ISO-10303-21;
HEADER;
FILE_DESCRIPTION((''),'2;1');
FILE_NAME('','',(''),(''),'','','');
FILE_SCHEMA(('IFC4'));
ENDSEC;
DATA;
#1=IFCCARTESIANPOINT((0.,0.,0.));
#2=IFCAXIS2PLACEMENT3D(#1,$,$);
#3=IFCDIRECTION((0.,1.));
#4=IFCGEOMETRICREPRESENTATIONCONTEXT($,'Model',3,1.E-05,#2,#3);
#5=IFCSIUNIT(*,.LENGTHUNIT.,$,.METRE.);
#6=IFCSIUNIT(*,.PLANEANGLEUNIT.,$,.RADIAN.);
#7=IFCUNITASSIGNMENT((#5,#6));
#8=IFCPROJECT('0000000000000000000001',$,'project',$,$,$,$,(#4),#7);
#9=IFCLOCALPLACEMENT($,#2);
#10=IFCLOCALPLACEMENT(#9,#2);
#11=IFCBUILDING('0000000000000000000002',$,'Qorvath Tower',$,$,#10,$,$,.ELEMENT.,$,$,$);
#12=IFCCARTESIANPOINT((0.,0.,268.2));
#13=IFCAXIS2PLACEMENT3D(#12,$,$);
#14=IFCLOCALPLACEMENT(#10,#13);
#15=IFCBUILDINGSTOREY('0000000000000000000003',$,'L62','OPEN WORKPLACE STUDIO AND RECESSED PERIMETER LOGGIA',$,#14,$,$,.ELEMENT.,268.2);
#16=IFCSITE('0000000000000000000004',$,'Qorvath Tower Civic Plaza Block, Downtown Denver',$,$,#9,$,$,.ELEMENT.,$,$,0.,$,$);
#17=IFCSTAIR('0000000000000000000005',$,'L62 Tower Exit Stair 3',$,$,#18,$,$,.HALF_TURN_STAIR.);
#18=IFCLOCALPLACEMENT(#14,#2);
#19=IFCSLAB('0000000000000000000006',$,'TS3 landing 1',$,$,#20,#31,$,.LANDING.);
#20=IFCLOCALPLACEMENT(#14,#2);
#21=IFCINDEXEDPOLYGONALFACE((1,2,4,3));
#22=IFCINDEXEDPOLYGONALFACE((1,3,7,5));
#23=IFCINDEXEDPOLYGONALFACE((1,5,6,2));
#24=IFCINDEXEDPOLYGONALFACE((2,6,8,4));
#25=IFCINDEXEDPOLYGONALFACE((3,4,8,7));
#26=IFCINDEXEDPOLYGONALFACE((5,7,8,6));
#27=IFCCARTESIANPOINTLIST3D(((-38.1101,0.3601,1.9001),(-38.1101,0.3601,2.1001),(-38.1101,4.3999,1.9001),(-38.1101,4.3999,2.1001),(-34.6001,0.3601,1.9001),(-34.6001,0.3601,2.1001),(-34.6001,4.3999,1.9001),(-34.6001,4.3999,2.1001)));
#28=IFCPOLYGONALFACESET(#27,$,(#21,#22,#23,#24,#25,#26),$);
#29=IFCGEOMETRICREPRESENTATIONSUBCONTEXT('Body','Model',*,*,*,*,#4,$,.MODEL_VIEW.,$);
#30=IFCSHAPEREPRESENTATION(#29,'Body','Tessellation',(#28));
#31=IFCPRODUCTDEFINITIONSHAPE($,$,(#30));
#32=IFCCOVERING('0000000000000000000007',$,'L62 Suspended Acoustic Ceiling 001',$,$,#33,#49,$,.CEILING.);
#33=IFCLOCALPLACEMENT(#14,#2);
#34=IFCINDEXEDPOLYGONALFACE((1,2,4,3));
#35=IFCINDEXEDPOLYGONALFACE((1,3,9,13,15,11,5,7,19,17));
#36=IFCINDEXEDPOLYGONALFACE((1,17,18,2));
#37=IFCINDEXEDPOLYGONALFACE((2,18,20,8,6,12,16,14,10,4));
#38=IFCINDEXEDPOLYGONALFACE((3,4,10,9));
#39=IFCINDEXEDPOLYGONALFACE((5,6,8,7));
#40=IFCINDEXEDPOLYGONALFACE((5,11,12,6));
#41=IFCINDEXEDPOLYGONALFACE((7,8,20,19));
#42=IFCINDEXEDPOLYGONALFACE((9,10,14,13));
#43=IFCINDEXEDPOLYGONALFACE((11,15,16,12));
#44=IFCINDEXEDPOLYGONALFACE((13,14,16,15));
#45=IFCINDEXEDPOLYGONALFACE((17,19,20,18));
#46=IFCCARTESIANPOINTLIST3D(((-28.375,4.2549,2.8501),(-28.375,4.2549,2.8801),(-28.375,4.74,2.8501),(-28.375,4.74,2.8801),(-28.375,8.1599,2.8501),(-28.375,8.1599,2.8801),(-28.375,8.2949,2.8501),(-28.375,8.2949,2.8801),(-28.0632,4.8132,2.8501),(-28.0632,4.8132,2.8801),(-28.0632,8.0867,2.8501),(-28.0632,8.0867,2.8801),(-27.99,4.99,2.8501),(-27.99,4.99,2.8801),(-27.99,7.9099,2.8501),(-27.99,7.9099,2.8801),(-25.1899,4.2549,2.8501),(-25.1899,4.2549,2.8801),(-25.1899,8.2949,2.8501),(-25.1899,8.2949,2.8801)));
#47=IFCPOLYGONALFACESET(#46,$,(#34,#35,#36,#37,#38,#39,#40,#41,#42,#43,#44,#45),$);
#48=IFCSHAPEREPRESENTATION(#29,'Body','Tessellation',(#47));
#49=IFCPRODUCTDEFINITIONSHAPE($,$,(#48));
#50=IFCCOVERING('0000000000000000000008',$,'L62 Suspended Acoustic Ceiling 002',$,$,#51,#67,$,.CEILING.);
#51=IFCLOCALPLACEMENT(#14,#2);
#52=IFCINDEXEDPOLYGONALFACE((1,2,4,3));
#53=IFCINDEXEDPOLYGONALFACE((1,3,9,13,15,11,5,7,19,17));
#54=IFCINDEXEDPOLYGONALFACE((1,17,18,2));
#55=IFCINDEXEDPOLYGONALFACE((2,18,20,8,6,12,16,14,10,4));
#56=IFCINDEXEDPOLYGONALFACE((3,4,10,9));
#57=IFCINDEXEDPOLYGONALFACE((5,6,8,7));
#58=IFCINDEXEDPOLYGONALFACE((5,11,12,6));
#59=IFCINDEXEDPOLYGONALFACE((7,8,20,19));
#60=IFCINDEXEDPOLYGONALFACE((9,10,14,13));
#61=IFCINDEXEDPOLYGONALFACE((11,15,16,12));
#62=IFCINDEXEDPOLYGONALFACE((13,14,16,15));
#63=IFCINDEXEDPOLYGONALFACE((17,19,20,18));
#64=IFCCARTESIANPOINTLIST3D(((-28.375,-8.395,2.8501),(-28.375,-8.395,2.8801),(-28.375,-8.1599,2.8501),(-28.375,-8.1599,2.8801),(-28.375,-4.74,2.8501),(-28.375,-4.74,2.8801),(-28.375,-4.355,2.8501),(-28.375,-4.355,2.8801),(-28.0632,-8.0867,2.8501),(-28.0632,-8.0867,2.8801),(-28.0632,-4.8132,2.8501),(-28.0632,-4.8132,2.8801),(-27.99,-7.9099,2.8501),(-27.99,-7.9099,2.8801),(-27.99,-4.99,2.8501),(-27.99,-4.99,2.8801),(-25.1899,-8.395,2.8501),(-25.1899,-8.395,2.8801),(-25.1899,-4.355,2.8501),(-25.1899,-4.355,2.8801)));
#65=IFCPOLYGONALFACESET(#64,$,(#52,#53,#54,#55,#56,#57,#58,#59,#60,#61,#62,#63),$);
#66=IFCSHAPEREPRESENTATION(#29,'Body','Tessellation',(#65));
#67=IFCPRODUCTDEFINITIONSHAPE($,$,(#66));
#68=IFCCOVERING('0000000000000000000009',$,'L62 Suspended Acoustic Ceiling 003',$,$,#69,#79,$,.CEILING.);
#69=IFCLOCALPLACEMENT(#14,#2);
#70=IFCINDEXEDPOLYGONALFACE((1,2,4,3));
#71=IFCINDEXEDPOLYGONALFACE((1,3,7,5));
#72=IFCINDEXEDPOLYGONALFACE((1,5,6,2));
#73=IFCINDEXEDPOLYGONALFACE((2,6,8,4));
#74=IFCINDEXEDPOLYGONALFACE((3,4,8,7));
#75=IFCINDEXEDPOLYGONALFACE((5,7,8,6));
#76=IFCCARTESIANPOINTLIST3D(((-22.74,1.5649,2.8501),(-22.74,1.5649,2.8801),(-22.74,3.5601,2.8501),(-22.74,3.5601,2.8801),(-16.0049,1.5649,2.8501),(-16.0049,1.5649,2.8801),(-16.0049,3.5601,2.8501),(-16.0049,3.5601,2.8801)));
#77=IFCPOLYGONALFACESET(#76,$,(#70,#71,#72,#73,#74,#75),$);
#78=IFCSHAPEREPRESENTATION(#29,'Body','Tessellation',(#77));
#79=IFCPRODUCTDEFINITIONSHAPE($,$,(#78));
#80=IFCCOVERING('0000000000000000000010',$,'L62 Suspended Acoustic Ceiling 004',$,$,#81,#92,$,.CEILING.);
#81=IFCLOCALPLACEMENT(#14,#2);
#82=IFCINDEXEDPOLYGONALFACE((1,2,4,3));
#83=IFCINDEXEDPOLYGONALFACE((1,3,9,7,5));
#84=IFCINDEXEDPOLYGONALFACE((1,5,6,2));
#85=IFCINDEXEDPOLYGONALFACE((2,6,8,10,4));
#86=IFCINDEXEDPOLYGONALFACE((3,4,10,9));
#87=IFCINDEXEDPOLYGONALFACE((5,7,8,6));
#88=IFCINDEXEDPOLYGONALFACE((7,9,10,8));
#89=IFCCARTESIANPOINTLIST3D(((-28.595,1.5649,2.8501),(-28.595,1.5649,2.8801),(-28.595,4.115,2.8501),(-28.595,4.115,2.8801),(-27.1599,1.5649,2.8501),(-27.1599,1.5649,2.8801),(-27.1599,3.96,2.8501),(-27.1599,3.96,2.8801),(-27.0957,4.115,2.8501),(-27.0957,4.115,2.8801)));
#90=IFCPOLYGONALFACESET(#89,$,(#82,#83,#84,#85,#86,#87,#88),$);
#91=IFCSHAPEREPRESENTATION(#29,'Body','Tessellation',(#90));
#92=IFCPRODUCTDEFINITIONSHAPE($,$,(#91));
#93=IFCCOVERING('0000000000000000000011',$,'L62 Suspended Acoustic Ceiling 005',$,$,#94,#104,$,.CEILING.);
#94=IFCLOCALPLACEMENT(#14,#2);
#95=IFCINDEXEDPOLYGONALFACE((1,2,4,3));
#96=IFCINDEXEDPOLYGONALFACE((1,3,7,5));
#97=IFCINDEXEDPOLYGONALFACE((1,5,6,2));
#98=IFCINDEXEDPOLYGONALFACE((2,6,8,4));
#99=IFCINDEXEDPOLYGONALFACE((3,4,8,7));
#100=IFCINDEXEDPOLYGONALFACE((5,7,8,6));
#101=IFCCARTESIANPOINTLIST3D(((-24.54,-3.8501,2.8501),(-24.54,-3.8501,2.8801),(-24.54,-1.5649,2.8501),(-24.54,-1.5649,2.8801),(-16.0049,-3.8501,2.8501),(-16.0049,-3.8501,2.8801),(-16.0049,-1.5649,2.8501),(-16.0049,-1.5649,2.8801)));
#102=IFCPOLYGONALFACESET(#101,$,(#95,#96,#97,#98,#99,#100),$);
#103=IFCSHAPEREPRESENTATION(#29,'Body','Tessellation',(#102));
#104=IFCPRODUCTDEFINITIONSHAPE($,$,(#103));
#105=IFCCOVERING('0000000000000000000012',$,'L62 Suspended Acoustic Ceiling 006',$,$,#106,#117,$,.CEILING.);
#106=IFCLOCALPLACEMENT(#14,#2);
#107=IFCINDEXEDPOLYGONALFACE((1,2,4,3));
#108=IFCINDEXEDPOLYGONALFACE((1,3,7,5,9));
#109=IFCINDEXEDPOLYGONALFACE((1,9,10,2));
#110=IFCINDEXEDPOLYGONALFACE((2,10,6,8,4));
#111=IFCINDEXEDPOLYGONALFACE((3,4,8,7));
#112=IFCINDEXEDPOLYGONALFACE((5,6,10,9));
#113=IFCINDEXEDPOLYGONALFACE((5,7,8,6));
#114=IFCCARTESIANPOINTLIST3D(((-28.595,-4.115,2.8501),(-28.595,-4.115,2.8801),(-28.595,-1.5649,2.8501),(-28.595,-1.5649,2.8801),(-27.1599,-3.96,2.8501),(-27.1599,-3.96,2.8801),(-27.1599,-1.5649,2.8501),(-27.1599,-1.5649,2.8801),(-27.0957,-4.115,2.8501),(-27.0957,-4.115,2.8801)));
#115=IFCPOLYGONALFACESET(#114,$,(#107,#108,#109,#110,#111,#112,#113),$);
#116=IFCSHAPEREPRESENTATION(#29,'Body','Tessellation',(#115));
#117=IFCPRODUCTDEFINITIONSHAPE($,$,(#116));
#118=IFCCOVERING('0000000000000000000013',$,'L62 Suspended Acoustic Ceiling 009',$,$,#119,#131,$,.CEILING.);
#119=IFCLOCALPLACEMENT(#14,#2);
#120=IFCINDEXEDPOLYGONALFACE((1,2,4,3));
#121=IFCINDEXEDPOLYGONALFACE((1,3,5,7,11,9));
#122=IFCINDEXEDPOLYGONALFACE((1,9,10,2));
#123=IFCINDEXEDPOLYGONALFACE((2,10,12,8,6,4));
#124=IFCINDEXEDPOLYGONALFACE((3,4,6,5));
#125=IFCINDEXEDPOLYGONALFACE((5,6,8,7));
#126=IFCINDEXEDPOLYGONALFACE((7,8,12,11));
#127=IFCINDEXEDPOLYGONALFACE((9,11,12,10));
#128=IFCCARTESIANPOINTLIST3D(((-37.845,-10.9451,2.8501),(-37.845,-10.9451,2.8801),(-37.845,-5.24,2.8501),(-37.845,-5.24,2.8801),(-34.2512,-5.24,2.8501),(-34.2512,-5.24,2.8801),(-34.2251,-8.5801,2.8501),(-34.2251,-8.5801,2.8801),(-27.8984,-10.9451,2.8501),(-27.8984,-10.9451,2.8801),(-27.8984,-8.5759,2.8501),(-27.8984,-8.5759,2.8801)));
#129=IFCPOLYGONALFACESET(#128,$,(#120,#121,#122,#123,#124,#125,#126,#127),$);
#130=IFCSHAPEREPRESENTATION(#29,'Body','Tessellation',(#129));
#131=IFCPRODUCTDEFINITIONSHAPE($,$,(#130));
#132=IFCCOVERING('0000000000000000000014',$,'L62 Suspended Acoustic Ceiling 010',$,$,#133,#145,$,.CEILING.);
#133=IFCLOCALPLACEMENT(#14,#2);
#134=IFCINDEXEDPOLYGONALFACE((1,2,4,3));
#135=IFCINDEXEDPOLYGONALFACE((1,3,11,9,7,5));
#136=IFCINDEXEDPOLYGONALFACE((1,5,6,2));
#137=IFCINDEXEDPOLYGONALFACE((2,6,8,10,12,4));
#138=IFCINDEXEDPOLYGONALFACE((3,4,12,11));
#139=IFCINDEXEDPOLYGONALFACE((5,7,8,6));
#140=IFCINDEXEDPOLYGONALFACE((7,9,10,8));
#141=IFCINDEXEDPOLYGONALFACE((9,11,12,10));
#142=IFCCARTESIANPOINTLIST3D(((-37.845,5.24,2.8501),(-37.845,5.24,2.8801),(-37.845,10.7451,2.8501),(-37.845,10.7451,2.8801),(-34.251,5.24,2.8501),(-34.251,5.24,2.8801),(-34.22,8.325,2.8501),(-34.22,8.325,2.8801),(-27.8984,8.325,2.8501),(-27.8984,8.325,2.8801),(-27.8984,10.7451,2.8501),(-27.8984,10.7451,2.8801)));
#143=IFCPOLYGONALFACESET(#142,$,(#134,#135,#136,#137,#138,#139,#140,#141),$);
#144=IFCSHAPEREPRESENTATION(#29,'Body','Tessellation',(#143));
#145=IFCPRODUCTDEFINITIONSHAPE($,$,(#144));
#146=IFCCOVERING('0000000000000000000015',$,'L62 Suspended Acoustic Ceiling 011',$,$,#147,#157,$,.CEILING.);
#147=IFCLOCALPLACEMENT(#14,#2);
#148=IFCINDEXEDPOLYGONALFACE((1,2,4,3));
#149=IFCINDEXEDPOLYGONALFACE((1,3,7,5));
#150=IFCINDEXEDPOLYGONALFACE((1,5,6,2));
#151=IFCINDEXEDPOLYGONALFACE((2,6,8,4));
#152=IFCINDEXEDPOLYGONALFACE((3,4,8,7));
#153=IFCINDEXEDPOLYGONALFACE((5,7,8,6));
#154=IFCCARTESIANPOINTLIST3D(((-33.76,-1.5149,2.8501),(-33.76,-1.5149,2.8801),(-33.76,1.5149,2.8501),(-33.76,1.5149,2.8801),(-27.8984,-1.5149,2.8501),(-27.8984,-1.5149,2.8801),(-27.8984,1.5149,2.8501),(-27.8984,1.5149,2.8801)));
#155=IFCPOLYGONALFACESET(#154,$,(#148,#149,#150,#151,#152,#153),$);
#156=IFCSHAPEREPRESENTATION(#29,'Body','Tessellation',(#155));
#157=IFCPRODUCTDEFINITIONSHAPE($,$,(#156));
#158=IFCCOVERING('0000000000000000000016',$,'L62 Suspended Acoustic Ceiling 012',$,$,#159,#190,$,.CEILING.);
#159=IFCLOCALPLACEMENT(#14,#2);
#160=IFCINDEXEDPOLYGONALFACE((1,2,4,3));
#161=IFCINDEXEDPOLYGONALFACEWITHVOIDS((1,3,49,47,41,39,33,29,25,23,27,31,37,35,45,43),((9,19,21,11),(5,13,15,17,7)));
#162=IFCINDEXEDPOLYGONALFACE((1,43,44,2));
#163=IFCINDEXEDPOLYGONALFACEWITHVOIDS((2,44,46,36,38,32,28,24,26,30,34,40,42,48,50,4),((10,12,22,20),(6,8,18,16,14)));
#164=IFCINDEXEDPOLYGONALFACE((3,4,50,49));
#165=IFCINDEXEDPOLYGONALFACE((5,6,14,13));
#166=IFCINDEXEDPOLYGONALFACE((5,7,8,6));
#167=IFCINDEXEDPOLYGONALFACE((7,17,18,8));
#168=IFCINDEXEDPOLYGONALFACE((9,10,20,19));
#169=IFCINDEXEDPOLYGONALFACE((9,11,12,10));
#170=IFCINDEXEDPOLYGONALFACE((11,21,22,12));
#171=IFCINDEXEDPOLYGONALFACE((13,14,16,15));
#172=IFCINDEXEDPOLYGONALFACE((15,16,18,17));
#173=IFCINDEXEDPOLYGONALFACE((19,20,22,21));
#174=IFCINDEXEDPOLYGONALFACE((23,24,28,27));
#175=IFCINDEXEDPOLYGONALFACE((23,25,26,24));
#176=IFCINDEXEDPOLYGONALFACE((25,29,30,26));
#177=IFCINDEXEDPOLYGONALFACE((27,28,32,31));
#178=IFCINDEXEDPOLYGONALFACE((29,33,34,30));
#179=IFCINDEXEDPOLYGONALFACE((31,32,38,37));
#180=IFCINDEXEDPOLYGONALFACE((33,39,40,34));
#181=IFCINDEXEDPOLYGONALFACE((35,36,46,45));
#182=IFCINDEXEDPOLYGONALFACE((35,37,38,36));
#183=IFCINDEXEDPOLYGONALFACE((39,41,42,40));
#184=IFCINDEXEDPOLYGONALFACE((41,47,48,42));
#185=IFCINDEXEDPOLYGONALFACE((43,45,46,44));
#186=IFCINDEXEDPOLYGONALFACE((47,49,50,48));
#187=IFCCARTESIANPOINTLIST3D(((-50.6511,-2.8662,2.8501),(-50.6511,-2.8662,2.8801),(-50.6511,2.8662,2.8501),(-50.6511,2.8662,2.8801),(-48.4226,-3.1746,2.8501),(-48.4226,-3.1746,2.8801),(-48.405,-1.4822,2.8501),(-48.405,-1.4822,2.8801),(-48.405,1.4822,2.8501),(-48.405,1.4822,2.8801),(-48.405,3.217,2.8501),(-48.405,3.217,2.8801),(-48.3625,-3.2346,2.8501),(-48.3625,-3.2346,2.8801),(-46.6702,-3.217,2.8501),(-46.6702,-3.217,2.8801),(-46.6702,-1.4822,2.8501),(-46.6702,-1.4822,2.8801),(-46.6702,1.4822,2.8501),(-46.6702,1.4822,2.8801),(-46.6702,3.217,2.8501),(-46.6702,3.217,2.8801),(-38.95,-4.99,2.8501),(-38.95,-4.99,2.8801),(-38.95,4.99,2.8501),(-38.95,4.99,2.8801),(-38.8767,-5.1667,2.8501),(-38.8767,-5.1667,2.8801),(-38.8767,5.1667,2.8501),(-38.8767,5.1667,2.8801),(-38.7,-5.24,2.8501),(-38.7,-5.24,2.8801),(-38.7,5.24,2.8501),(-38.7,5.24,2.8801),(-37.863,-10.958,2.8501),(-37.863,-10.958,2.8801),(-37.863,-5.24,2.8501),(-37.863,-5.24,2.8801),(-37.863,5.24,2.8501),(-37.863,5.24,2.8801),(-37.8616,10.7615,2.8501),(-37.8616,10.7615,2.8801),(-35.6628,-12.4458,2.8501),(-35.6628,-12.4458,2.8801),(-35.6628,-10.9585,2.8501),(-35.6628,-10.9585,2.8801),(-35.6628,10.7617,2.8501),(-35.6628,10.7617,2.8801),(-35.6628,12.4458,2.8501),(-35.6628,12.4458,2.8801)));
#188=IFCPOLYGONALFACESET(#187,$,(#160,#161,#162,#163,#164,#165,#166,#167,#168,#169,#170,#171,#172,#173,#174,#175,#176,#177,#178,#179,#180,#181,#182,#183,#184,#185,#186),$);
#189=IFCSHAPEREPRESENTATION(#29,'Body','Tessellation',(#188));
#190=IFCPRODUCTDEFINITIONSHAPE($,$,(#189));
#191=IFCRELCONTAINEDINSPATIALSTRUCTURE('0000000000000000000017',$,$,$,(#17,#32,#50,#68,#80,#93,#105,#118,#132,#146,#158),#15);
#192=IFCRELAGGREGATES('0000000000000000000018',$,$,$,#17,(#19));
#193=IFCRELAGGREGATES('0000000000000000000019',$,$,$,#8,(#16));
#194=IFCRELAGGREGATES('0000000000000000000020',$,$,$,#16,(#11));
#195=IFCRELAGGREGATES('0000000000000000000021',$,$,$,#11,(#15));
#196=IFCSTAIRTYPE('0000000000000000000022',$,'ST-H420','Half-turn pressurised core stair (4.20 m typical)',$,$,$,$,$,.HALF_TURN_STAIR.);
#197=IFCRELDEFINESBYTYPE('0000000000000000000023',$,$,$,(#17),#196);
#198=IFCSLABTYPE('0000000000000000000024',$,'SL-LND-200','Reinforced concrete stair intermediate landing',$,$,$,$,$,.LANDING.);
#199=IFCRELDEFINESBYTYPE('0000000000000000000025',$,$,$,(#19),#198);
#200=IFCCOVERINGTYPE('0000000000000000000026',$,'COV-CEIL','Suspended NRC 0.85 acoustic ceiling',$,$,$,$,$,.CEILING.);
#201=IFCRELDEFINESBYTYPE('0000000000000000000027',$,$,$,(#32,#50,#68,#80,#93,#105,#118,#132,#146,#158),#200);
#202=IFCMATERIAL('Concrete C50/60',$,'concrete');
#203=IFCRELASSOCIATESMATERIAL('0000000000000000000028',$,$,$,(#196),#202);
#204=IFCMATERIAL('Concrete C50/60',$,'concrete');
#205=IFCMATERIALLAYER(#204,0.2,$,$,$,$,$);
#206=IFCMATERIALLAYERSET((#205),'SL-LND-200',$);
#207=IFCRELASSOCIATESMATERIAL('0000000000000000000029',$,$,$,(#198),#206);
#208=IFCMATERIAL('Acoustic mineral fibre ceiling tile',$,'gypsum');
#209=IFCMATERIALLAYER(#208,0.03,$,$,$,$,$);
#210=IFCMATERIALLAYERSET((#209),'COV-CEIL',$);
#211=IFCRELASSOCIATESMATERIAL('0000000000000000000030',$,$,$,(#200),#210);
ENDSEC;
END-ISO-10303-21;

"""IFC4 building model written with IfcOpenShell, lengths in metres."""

from ifc_helpers import new_model, si_unit, direction, frame, origin, place, context, subcontext, project, spatial, polyline, outline, extrude, material, layer, layer_set, type_object, element, aggregate, save


model = new_model("IFC4")

# Units and contexts
model_context = context("Model", 3, precision=1e-05, world=origin(), true_north=direction((0.0, 1.0)))
body_context = subcontext(model_context, "Body", "Model", "MODEL_VIEW")
ifc_project = project(units=[si_unit("LENGTHUNIT", "METRE"), si_unit("PLANEANGLEUNIT", "RADIAN")], contexts=[model_context])

# Site, building, storey
site_placement = place(None, origin())
site = spatial("IfcSite", under=ifc_project, at=site_placement, Name="Qorvath Tower Civic Plaza Block, Downtown Denver", CompositionType="ELEMENT", RefElevation=0.0)
building_placement = place(site_placement, origin())
building = spatial("IfcBuilding", under=site, at=building_placement, Name="Qorvath Tower", CompositionType="ELEMENT")
storey_placement = place(building_placement, frame((0.0, 0.0, 268.2)))
storey = spatial("IfcBuildingStorey", under=building, at=storey_placement, Name="L62", Description="OPEN WORKPLACE STUDIO AND RECESSED PERIMETER LOGGIA", CompositionType="ELEMENT", Elevation=268.2)

# Stair, slab
ifc_material_1 = material(Name="Concrete C50/60", Category="concrete")
stair_type = type_object("IfcStairType", Name="ST-H420", Description="Half-turn pressurised core stair (4.20 m typical)", PredefinedType="HALF_TURN_STAIR", material=ifc_material_1)
stair_placement = place(storey_placement, origin())
stair = element("IfcStair", 1, at=stair_placement, inside=storey, type_object=stair_type, Name="L62 Tower Exit Stair 3", PredefinedType="HALF_TURN_STAIR")
ifc_material_2 = material(Name="Concrete C50/60", Category="concrete")
ifc_layer_1 = layer(ifc_material_2, 0.2)
ifc_layer_set_1 = layer_set([ifc_layer_1], Name="SL-LND-200")
slab_type = type_object("IfcSlabType", Name="SL-LND-200", Description="Reinforced concrete stair intermediate landing", PredefinedType="LANDING", material=ifc_layer_set_1)
slab_placement = place(storey_placement, frame((0.0, 0.0, 1.9001)))
slab = element("IfcSlab", 2, at=slab_placement, type_object=slab_type, Name="TS3 landing 1", PredefinedType="LANDING", context=body_context, shape_type="SweptSolid", body=[
    extrude(outline(polyline([(-34.6001, 0.3601), (-34.6001, 4.3999), (-38.1101, 4.3999), (-38.1101, 0.3601), (-34.6001, 0.3601)])), origin(), (0.0, 0.0, 1.0), 0.2),
])
aggregate(stair, [slab])

# Coverings
ifc_material_3 = material(Name="Acoustic mineral fibre ceiling tile", Category="gypsum")
ifc_layer_2 = layer(ifc_material_3, 0.03)
ifc_layer_set_2 = layer_set([ifc_layer_2], Name="COV-CEIL")
covering_type_1 = type_object("IfcCoveringType", Name="COV-CEIL", Description="Suspended NRC 0.85 acoustic ceiling", PredefinedType="CEILING", material=ifc_layer_set_2)
covering_1_placement = place(storey_placement, frame((0.0, 0.0, 2.8501)))
element("IfcCovering", 3, at=covering_1_placement, inside=storey, type_object=covering_type_1, Name="L62 Suspended Acoustic Ceiling 001", PredefinedType="CEILING", context=body_context, shape_type="SweptSolid", body=[
    extrude(outline(polyline([(-25.1899, 4.2549), (-25.1899, 8.2949), (-28.375, 8.2949), (-28.375, 8.1599), (-28.0632, 8.0867), (-27.99, 7.9099), (-27.99, 4.99), (-28.0632, 4.8132), (-28.375, 4.74), (-28.375, 4.2549), (-25.1899, 4.2549)])), origin(), (0.0, 0.0, 1.0), 0.03),
])
covering_2_placement = place(storey_placement, frame((0.0, 0.0, 2.8501)))
element("IfcCovering", 4, at=covering_2_placement, inside=storey, type_object=covering_type_1, Name="L62 Suspended Acoustic Ceiling 002", PredefinedType="CEILING", context=body_context, shape_type="SweptSolid", body=[
    extrude(outline(polyline([(-25.1899, -8.395), (-25.1899, -4.355), (-28.375, -4.355), (-28.375, -4.74), (-28.0632, -4.8132), (-27.99, -4.99), (-27.99, -7.9099), (-28.0632, -8.0867), (-28.375, -8.1599), (-28.375, -8.395), (-25.1899, -8.395)])), origin(), (0.0, 0.0, 1.0), 0.03),
])
covering_3_placement = place(storey_placement, frame((0.0, 0.0, 2.8501)))
element("IfcCovering", 5, at=covering_3_placement, inside=storey, type_object=covering_type_1, Name="L62 Suspended Acoustic Ceiling 003", PredefinedType="CEILING", context=body_context, shape_type="SweptSolid", body=[
    extrude(outline(polyline([(-16.0049, 3.5601), (-22.74, 3.5601), (-22.74, 1.5649), (-16.0049, 1.5649), (-16.0049, 3.5601)])), origin(), (0.0, 0.0, 1.0), 0.03),
])
covering_4_placement = place(storey_placement, frame((0.0, 0.0, 2.8501)))
element("IfcCovering", 6, at=covering_4_placement, inside=storey, type_object=covering_type_1, Name="L62 Suspended Acoustic Ceiling 004", PredefinedType="CEILING", context=body_context, shape_type="SweptSolid", body=[
    extrude(outline(polyline([(-27.1599, 1.5649), (-27.1599, 3.96), (-27.0957, 4.115), (-28.595, 4.115), (-28.595, 1.5649), (-27.1599, 1.5649)])), origin(), (0.0, 0.0, 1.0), 0.03),
])
covering_5_placement = place(storey_placement, frame((0.0, 0.0, 2.8501)))
element("IfcCovering", 7, at=covering_5_placement, inside=storey, type_object=covering_type_1, Name="L62 Suspended Acoustic Ceiling 005", PredefinedType="CEILING", context=body_context, shape_type="SweptSolid", body=[
    extrude(outline(polyline([(-24.54, -1.5649), (-24.54, -3.8501), (-16.0049, -3.8501), (-16.0049, -1.5649), (-24.54, -1.5649)])), origin(), (0.0, 0.0, 1.0), 0.03),
])
covering_6_placement = place(storey_placement, frame((0.0, 0.0, 2.8501)))
element("IfcCovering", 8, at=covering_6_placement, inside=storey, type_object=covering_type_1, Name="L62 Suspended Acoustic Ceiling 006", PredefinedType="CEILING", context=body_context, shape_type="SweptSolid", body=[
    extrude(outline(polyline([(-27.0957, -4.115), (-27.1599, -3.96), (-27.1599, -1.5649), (-28.595, -1.5649), (-28.595, -4.115), (-27.0957, -4.115)])), origin(), (0.0, 0.0, 1.0), 0.03),
])
covering_7_placement = place(storey_placement, frame((0.0, 0.0, 2.8501)))
element("IfcCovering", 9, at=covering_7_placement, inside=storey, type_object=covering_type_1, Name="L62 Suspended Acoustic Ceiling 009", PredefinedType="CEILING", context=body_context, shape_type="SweptSolid", body=[
    extrude(outline(polyline([(-34.2251, -8.5801), (-34.2512, -5.24), (-37.845, -5.24), (-37.845, -10.9451), (-27.8984, -10.9451), (-27.8984, -8.5759), (-34.2251, -8.5801)])), origin(), (0.0, 0.0, 1.0), 0.03),
])
covering_8_placement = place(storey_placement, frame((0.0, 0.0, 2.8501)))
element("IfcCovering", 10, at=covering_8_placement, inside=storey, type_object=covering_type_1, Name="L62 Suspended Acoustic Ceiling 010", PredefinedType="CEILING", context=body_context, shape_type="SweptSolid", body=[
    extrude(outline(polyline([(-27.8984, 8.325), (-27.8984, 10.7451), (-37.845, 10.7451), (-37.845, 5.24), (-34.251, 5.24), (-34.22, 8.325), (-27.8984, 8.325)])), origin(), (0.0, 0.0, 1.0), 0.03),
])
covering_9_placement = place(storey_placement, frame((0.0, 0.0, 2.8501)))
element("IfcCovering", 11, at=covering_9_placement, inside=storey, type_object=covering_type_1, Name="L62 Suspended Acoustic Ceiling 011", PredefinedType="CEILING", context=body_context, shape_type="SweptSolid", body=[
    extrude(outline(polyline([(-27.8984, -1.5149), (-27.8984, 1.5149), (-33.76, 1.5149), (-33.76, -1.5149), (-27.8984, -1.5149)])), origin(), (0.0, 0.0, 1.0), 0.03),
])
covering_10_placement = place(storey_placement, frame((0.0, 0.0, 2.8501)))
element("IfcCovering", 12, at=covering_10_placement, inside=storey, type_object=covering_type_1, Name="L62 Suspended Acoustic Ceiling 012", PredefinedType="CEILING", context=body_context, shape_type="SweptSolid", body=[
    extrude(outline(polyline([(-50.6511, -2.8662), (-35.6628, -12.4458), (-35.6628, -10.9585), (-37.863, -10.958), (-37.863, -5.24), (-38.7, -5.24), (-38.8767, -5.1667), (-38.95, -4.99), (-38.95, 4.99), (-38.8767, 5.1667), (-38.7, 5.24), (-37.863, 5.24), (-37.8616, 10.7615), (-35.6628, 10.7617), (-35.6628, 12.4458), (-50.6511, 2.8662), (-50.6511, -2.8662)]), holes=[polyline([(-48.4226, -3.1746), (-48.405, -1.4822), (-46.6702, -1.4822), (-46.6702, -3.217), (-48.3625, -3.2346), (-48.4226, -3.1746)]), polyline([(-48.405, 1.4822), (-48.405, 3.217), (-46.6702, 3.217), (-46.6702, 1.4822), (-48.405, 1.4822)])]), origin(), (0.0, 0.0, 1.0), 0.03),
])

save(model, "model.ifc")
